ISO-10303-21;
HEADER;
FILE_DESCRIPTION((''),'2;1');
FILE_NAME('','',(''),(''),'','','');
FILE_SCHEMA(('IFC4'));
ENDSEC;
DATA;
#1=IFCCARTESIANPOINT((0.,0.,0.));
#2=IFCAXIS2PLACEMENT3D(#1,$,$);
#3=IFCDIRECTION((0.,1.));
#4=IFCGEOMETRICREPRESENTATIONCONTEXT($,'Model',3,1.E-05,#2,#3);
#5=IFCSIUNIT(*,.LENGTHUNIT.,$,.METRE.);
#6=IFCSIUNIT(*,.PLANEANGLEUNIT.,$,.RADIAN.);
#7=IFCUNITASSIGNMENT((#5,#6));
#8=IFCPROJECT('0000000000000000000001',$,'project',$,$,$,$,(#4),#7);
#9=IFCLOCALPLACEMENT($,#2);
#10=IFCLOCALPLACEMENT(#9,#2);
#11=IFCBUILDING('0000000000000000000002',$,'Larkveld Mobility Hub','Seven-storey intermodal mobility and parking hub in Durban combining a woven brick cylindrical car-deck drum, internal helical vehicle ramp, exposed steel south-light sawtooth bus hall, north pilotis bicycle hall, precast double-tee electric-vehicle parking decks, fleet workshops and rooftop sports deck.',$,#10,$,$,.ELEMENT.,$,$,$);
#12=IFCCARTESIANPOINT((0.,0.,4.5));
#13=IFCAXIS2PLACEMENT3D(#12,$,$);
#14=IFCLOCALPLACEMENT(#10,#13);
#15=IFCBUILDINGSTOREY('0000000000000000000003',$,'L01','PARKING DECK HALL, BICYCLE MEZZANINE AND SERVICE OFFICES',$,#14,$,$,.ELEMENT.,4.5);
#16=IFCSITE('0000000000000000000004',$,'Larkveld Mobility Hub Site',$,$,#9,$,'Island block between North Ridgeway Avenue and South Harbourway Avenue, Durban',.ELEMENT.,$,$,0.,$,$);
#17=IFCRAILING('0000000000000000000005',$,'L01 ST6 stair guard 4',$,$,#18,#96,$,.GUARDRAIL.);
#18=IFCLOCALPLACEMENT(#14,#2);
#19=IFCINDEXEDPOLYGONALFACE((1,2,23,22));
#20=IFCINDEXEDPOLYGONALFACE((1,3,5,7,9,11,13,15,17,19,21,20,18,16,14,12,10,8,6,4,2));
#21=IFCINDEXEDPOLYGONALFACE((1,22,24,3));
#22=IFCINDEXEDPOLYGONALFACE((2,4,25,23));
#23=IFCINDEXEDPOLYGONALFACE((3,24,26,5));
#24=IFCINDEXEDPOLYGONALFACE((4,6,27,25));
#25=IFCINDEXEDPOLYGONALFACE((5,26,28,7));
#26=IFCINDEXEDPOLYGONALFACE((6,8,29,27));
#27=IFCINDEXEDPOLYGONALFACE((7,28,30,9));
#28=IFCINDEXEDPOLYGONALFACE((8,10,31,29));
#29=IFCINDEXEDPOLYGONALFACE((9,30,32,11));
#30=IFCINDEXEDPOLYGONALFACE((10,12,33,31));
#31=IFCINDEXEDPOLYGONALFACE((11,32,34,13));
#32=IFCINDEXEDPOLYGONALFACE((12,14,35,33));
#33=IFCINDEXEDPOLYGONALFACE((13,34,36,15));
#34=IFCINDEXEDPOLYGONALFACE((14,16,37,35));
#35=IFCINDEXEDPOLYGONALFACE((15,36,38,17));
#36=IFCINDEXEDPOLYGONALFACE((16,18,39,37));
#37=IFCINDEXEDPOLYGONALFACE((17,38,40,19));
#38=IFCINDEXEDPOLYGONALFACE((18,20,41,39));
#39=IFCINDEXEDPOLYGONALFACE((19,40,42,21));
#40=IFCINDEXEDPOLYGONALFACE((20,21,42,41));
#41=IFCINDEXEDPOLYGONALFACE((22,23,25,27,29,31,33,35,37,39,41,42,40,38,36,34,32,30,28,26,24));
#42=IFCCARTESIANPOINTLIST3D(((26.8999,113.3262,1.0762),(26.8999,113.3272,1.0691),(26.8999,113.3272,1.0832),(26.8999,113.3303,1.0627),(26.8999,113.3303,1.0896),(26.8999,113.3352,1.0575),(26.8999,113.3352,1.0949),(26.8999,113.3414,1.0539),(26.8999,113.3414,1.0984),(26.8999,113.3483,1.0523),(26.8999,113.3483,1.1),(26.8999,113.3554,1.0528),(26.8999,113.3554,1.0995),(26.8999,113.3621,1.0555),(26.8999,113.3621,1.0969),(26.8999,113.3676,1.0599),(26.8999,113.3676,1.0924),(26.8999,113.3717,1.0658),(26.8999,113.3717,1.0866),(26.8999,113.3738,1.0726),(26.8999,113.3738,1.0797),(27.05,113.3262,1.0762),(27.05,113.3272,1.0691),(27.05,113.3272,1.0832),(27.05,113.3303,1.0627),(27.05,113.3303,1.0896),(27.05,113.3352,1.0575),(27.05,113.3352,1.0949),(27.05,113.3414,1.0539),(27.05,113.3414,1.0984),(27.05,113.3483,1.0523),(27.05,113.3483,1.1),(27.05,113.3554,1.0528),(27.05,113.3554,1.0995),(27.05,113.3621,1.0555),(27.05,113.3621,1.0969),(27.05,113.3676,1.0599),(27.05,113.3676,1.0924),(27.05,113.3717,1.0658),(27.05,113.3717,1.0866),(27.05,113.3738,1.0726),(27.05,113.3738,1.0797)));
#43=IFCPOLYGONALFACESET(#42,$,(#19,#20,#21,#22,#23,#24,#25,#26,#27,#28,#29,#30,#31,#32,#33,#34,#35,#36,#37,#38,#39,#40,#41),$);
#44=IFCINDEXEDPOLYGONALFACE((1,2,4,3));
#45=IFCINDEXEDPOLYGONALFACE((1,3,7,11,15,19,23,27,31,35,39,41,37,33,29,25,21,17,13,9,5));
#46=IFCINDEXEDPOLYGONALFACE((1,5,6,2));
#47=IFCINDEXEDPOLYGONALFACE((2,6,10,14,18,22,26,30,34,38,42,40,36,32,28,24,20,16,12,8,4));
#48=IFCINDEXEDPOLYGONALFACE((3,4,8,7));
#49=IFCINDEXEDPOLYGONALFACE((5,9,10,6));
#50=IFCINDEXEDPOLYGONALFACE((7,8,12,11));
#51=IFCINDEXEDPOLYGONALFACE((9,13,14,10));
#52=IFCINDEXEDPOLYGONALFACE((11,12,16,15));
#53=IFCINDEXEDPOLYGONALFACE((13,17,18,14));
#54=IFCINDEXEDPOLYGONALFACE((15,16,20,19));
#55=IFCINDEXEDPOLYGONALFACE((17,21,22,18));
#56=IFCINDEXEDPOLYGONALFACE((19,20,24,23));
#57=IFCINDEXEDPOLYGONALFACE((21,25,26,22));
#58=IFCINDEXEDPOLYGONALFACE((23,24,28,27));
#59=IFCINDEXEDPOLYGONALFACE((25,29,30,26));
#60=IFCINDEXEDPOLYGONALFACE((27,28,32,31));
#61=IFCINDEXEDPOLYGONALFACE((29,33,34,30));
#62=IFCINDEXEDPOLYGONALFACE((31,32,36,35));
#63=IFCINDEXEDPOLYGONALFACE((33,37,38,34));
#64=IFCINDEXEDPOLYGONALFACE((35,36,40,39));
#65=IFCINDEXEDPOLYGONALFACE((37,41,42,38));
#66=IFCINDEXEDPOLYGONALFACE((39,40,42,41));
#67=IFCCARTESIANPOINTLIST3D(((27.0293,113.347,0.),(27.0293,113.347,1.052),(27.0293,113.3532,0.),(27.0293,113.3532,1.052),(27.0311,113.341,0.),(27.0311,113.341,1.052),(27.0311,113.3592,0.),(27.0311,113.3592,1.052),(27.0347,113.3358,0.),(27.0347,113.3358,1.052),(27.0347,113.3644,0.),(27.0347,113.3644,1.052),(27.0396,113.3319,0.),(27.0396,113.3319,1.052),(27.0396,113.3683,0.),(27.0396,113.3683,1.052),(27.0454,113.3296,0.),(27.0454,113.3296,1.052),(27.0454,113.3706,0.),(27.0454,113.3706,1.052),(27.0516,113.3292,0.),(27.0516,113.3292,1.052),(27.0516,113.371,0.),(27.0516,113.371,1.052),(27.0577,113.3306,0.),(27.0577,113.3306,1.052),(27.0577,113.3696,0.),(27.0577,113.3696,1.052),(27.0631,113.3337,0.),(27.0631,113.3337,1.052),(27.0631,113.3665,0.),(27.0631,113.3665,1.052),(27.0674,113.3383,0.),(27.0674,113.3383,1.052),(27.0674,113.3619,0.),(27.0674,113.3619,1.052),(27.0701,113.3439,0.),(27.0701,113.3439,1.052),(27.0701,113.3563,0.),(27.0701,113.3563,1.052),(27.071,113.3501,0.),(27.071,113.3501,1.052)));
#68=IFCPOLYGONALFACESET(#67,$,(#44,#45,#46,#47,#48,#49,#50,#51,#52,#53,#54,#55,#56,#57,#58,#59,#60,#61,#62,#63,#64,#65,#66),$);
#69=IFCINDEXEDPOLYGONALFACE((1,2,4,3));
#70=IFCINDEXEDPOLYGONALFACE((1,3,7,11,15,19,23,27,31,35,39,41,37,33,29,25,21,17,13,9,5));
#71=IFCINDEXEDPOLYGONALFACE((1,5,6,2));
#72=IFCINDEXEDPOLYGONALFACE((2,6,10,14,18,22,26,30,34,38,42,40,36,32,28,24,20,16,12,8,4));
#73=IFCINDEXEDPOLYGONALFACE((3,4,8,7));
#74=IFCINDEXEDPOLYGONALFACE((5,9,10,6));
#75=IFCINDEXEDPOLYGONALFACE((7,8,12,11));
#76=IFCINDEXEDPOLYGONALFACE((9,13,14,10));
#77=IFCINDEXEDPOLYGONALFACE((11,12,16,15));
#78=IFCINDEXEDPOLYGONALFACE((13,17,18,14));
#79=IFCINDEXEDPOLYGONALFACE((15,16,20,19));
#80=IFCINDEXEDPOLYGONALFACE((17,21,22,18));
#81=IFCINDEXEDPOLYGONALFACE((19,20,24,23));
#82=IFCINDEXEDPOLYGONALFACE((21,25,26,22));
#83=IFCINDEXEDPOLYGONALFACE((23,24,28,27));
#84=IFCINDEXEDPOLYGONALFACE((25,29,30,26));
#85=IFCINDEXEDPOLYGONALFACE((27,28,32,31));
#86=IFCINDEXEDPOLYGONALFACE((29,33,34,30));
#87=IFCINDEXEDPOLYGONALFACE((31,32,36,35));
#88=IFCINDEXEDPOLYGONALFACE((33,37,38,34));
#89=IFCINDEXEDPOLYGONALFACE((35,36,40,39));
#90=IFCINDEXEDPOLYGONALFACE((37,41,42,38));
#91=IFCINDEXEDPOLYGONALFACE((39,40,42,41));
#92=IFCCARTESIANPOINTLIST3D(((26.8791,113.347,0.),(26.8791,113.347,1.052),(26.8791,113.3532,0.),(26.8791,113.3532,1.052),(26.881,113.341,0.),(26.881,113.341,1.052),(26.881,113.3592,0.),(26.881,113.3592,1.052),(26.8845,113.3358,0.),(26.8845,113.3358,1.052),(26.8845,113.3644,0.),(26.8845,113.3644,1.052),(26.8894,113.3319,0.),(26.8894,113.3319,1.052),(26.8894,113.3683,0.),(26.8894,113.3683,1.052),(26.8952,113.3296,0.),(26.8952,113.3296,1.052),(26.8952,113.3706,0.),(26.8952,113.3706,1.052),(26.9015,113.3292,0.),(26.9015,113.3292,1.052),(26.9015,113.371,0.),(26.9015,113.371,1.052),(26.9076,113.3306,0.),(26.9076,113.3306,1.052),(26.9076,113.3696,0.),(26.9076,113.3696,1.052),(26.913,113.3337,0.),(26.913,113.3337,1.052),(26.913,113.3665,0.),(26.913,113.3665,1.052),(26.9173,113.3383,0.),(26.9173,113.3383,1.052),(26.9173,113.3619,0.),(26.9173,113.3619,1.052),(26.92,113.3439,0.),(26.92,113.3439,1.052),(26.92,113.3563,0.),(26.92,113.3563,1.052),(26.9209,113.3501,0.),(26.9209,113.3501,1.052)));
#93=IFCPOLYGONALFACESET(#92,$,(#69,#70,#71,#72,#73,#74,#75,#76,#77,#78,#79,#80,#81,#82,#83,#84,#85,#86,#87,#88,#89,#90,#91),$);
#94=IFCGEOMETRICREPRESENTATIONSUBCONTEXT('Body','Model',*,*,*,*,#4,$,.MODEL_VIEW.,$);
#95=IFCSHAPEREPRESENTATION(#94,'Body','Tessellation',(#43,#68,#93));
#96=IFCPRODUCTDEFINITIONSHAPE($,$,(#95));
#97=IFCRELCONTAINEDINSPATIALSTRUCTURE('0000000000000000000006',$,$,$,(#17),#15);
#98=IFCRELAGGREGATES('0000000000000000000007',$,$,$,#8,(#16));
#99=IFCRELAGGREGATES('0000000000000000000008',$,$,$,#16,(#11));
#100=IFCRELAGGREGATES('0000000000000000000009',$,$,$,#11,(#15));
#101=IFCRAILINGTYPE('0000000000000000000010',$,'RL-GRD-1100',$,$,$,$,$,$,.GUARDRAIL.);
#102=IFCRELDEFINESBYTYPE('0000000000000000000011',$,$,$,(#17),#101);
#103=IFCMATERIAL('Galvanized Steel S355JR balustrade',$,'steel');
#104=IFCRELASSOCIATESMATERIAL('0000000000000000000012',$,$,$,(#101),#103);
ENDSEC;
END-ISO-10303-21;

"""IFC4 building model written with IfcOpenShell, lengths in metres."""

from ifc_helpers import new_model, si_unit, direction, frame, origin, origin_2d, place, context, subcontext, project, spatial, circle, extrude, material, type_object, element, save


model = new_model("IFC4")

# Units and contexts
model_context = context("Model", 3, precision=1e-05, world=origin(), true_north=direction((0.0, 1.0)))
body_context = subcontext(model_context, "Body", "Model", "MODEL_VIEW")
ifc_project = project(units=[si_unit("LENGTHUNIT", "METRE"), si_unit("PLANEANGLEUNIT", "RADIAN")], contexts=[model_context])

# Site, building, storey
site_placement = place(None, origin())
site = spatial("IfcSite", under=ifc_project, at=site_placement, Name="Larkveld Mobility Hub Site", LongName="Island block between North Ridgeway Avenue and South Harbourway Avenue, Durban", CompositionType="ELEMENT", RefElevation=0.0)
building_placement = place(site_placement, origin())
building = spatial("IfcBuilding", under=site, at=building_placement, Name="Larkveld Mobility Hub", Description="Seven-storey intermodal mobility and parking hub in Durban combining a woven brick cylindrical car-deck drum, internal helical vehicle ramp, exposed steel south-light sawtooth bus hall, north pilotis bicycle hall, precast double-tee electric-vehicle parking decks, fleet workshops and rooftop sports deck.", CompositionType="ELEMENT")
storey_placement = place(building_placement, frame((0.0, 0.0, 4.5)))
storey = spatial("IfcBuildingStorey", under=building, at=storey_placement, Name="L01", Description="PARKING DECK HALL, BICYCLE MEZZANINE AND SERVICE OFFICES", CompositionType="ELEMENT", Elevation=4.5)

# Railing
ifc_material_1 = material(Name="Galvanized Steel S355JR balustrade", Category="steel")
railing_type_1 = type_object("IfcRailingType", Name="RL-GRD-1100", PredefinedType="GUARDRAIL", material=ifc_material_1)
railing_1_placement = place(storey_placement, frame((27.05, 113.3501, 0.0)))
element("IfcRailing", 1, at=railing_1_placement, inside=storey, type_object=railing_type_1, Name="L01 ST6 stair guard 4", PredefinedType="GUARDRAIL", context=body_context, shape_type="SweptSolid", body=[
    extrude(circle(Radius=0.0239, at=origin_2d()), frame((0.0, 0.0, 1.0762), z_axis=(-1.0, 0.0, 0.0), x_axis=(0.0, -1.0, 0.0)), (0.0, 0.0, 1.0), 0.1501),
    extrude(circle(Radius=0.021, at=origin_2d()), origin(), (0.0, 0.0, 1.0), 1.052),
    extrude(circle(Radius=0.021, at=origin_2d()), frame((-0.1501, 0.0, 0.0)), (0.0, 0.0, 1.0), 1.052),
])

save(model, "model.ifc")
